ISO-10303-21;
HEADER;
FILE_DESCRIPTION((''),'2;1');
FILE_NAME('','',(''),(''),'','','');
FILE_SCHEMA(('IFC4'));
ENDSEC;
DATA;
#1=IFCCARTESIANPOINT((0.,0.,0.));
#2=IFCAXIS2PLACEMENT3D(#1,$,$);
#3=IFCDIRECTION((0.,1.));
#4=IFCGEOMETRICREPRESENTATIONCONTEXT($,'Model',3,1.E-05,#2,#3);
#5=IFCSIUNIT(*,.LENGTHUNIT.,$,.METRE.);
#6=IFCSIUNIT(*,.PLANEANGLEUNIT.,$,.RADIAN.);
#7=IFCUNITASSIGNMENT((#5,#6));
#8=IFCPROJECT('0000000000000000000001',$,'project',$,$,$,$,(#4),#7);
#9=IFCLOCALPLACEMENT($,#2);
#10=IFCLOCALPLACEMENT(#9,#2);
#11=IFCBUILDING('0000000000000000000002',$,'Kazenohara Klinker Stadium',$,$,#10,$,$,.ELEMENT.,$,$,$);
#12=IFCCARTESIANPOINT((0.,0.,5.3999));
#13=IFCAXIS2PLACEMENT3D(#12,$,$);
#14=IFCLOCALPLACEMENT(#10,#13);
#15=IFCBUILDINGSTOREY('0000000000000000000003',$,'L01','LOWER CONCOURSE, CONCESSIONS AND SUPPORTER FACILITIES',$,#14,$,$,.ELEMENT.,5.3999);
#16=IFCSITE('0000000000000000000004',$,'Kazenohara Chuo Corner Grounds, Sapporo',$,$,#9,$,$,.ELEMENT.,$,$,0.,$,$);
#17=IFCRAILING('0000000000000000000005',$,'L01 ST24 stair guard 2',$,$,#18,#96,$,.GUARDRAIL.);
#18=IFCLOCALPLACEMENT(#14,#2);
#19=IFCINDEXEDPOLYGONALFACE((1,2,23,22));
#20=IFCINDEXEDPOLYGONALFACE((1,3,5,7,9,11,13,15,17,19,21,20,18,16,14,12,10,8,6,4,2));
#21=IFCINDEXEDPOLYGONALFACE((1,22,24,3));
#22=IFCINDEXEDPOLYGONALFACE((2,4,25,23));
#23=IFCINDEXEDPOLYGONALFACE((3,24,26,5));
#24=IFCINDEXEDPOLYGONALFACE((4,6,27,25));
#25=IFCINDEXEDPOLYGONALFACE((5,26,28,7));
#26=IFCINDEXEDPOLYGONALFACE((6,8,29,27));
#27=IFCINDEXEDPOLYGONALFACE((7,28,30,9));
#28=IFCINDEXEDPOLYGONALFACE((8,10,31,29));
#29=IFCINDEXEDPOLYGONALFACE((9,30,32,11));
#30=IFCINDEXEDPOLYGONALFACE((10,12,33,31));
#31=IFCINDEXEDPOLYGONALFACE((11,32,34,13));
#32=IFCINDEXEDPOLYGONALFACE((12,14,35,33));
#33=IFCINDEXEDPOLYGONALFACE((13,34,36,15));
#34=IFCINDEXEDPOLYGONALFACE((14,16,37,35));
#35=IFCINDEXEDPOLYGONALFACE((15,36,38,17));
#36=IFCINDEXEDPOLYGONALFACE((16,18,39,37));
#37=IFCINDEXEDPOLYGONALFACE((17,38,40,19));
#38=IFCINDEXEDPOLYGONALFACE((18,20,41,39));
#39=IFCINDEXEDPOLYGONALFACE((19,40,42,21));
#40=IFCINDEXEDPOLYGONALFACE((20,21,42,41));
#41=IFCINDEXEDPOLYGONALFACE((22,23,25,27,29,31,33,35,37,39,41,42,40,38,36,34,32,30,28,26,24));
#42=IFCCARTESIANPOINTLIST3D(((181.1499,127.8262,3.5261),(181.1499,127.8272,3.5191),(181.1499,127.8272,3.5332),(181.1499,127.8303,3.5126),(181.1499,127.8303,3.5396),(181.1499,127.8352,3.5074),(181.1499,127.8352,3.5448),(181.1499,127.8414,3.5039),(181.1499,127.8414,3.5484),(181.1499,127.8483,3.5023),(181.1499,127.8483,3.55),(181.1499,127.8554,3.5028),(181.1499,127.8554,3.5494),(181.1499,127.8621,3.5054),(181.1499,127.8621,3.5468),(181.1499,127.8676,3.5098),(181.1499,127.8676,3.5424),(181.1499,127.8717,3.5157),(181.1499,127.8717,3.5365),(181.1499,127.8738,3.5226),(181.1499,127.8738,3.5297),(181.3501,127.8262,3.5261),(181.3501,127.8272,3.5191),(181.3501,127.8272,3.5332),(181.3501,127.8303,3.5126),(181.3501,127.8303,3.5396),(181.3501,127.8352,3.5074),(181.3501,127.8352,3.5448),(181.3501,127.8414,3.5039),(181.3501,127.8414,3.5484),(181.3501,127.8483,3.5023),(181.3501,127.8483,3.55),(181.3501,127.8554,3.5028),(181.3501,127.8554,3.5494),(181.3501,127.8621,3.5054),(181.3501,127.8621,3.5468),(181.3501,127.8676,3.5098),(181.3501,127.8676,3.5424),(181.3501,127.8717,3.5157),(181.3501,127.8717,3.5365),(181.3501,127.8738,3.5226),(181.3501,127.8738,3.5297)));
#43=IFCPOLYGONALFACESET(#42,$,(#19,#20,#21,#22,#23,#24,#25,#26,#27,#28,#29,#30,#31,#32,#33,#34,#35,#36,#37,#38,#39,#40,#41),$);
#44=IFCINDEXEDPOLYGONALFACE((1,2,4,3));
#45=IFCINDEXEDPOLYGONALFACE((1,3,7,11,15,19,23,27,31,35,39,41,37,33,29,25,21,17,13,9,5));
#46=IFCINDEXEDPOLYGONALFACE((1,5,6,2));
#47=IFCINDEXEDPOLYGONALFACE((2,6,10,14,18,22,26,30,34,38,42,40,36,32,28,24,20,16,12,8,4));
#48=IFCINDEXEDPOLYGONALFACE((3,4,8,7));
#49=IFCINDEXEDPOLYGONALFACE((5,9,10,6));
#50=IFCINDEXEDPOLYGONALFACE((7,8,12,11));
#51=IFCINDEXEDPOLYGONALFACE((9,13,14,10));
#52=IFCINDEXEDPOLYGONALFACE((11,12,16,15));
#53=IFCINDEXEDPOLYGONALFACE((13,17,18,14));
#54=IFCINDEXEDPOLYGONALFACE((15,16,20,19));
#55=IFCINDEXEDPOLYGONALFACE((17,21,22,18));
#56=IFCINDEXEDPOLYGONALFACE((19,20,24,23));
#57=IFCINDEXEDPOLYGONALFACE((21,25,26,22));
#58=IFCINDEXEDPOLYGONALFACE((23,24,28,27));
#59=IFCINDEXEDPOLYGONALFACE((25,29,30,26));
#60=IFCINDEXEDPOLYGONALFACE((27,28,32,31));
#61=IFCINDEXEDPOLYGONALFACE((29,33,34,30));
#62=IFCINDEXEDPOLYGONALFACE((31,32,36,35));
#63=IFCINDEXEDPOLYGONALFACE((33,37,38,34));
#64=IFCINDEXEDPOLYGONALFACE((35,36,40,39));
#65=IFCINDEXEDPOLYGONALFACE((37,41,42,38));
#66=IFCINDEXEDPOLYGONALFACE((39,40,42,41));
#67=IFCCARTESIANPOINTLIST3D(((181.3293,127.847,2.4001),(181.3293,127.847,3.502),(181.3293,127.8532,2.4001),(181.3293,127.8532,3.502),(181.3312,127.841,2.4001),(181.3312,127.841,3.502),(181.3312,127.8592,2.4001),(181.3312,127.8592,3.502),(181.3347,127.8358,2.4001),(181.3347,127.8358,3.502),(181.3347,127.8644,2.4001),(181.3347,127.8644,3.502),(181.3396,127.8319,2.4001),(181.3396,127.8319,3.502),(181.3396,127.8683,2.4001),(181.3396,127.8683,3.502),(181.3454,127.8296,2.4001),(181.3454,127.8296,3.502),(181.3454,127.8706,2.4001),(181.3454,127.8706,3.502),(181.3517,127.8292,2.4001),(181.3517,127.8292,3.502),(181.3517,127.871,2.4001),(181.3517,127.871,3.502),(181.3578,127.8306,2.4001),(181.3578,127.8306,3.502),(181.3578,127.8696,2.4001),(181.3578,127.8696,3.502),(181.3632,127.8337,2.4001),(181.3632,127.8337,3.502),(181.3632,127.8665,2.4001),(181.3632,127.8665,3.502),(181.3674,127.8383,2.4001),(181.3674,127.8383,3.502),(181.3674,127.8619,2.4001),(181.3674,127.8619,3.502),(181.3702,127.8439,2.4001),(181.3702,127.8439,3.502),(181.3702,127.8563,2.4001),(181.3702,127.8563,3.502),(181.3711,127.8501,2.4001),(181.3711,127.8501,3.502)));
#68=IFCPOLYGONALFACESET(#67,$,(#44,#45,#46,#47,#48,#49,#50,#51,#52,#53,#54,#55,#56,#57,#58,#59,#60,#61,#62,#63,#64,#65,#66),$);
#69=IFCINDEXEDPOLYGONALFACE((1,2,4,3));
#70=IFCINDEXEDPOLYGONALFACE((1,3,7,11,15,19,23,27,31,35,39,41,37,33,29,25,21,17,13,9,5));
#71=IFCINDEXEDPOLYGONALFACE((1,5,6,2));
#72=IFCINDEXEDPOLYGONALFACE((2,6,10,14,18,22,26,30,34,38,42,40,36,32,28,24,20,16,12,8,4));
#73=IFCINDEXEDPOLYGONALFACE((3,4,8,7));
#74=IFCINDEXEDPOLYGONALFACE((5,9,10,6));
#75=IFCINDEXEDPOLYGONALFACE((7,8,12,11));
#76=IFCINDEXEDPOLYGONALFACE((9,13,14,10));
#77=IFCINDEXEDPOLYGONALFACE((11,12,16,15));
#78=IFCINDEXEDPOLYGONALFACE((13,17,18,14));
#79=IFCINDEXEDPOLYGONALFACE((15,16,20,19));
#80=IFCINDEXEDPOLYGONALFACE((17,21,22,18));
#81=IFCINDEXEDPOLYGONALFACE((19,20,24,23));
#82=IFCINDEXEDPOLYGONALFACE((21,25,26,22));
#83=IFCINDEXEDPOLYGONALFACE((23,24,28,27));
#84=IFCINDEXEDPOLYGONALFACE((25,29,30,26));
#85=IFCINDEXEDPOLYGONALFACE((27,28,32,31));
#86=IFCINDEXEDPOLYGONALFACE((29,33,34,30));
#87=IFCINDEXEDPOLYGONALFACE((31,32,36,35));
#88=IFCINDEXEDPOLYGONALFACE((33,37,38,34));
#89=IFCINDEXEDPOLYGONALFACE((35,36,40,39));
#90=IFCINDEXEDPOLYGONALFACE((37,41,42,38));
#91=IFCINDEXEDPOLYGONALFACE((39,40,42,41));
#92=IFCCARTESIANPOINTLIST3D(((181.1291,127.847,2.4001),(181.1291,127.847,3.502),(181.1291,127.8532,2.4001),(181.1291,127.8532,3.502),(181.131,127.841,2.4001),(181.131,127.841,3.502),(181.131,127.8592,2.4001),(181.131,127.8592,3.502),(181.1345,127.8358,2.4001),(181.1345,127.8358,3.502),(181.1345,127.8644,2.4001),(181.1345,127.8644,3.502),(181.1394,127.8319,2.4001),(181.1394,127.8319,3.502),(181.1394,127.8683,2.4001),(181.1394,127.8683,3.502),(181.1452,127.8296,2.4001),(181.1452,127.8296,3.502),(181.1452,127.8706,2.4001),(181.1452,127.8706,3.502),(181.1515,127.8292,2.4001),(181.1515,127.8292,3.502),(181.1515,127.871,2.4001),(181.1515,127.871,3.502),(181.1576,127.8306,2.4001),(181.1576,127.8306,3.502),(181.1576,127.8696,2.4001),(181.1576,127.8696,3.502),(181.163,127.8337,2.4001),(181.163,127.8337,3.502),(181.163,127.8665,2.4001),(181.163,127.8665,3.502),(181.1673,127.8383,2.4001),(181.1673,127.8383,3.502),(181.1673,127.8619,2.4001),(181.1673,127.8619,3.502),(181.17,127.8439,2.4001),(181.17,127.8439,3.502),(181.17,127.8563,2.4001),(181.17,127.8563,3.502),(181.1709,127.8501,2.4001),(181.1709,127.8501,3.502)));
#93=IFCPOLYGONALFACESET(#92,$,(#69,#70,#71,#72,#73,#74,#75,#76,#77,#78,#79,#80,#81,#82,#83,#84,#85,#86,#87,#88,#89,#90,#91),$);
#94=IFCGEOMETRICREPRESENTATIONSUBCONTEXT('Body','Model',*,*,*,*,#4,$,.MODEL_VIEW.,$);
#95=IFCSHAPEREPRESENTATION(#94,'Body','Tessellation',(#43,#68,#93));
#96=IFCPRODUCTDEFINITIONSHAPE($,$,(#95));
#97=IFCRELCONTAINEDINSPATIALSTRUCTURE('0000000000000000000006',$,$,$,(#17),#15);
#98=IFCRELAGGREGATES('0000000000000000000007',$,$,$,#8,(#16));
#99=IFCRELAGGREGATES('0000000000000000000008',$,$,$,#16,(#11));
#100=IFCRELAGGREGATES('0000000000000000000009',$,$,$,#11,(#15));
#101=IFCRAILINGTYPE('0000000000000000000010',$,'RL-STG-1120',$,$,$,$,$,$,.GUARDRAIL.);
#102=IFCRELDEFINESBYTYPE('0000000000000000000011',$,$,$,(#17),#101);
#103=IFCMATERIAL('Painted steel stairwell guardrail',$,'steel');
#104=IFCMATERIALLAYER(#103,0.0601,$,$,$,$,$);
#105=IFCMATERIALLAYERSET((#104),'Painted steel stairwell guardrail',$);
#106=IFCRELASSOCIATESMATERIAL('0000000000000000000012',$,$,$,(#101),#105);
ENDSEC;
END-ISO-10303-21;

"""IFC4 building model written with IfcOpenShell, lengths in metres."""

from ifc_helpers import new_model, si_unit, direction, frame, origin, origin_2d, place, context, subcontext, project, spatial, circle, extrude, material, layer, layer_set, type_object, element, save


model = new_model("IFC4")

# Units and contexts
model_context = context("Model", 3, precision=1e-05, world=origin(), true_north=direction((0.0, 1.0)))
body_context = subcontext(model_context, "Body", "Model", "MODEL_VIEW")
ifc_project = project(units=[si_unit("LENGTHUNIT", "METRE"), si_unit("PLANEANGLEUNIT", "RADIAN")], contexts=[model_context])

# Site, building, storey
site_placement = place(None, origin())
site = spatial("IfcSite", under=ifc_project, at=site_placement, Name="Kazenohara Chuo Corner Grounds, Sapporo", CompositionType="ELEMENT", RefElevation=0.0)
building_placement = place(site_placement, origin())
building = spatial("IfcBuilding", under=site, at=building_placement, Name="Kazenohara Klinker Stadium", CompositionType="ELEMENT")
storey_placement = place(building_placement, frame((0.0, 0.0, 5.3999)))
storey = spatial("IfcBuildingStorey", under=building, at=storey_placement, Name="L01", Description="LOWER CONCOURSE, CONCESSIONS AND SUPPORTER FACILITIES", CompositionType="ELEMENT", Elevation=5.3999)

# Railing
ifc_material_1 = material(Name="Painted steel stairwell guardrail", Category="steel")
ifc_layer_1 = layer(ifc_material_1, 0.0601)
ifc_layer_set_1 = layer_set([ifc_layer_1], Name="Painted steel stairwell guardrail")
railing_type_1 = type_object("IfcRailingType", Name="RL-STG-1120", PredefinedType="GUARDRAIL", material=ifc_layer_set_1)
railing_1_placement = place(storey_placement, frame((181.3501, 127.8501, 2.4001)))
element("IfcRailing", 1, at=railing_1_placement, inside=storey, type_object=railing_type_1, Name="L01 ST24 stair guard 2", PredefinedType="GUARDRAIL", context=body_context, shape_type="SweptSolid", body=[
    extrude(circle(Radius=0.0239, at=origin_2d()), frame((0.0, 0.0, 1.126), z_axis=(-1.0, 0.0, 0.0), x_axis=(0.0, -1.0, 0.0)), (0.0, 0.0, 1.0), 0.2002),
    extrude(circle(Radius=0.021, at=origin_2d()), origin(), (0.0, 0.0, 1.0), 1.1018),
    extrude(circle(Radius=0.021, at=origin_2d()), frame((-0.2002, 0.0, 0.0)), (0.0, 0.0, 1.0), 1.1018),
])

save(model, "model.ifc")
